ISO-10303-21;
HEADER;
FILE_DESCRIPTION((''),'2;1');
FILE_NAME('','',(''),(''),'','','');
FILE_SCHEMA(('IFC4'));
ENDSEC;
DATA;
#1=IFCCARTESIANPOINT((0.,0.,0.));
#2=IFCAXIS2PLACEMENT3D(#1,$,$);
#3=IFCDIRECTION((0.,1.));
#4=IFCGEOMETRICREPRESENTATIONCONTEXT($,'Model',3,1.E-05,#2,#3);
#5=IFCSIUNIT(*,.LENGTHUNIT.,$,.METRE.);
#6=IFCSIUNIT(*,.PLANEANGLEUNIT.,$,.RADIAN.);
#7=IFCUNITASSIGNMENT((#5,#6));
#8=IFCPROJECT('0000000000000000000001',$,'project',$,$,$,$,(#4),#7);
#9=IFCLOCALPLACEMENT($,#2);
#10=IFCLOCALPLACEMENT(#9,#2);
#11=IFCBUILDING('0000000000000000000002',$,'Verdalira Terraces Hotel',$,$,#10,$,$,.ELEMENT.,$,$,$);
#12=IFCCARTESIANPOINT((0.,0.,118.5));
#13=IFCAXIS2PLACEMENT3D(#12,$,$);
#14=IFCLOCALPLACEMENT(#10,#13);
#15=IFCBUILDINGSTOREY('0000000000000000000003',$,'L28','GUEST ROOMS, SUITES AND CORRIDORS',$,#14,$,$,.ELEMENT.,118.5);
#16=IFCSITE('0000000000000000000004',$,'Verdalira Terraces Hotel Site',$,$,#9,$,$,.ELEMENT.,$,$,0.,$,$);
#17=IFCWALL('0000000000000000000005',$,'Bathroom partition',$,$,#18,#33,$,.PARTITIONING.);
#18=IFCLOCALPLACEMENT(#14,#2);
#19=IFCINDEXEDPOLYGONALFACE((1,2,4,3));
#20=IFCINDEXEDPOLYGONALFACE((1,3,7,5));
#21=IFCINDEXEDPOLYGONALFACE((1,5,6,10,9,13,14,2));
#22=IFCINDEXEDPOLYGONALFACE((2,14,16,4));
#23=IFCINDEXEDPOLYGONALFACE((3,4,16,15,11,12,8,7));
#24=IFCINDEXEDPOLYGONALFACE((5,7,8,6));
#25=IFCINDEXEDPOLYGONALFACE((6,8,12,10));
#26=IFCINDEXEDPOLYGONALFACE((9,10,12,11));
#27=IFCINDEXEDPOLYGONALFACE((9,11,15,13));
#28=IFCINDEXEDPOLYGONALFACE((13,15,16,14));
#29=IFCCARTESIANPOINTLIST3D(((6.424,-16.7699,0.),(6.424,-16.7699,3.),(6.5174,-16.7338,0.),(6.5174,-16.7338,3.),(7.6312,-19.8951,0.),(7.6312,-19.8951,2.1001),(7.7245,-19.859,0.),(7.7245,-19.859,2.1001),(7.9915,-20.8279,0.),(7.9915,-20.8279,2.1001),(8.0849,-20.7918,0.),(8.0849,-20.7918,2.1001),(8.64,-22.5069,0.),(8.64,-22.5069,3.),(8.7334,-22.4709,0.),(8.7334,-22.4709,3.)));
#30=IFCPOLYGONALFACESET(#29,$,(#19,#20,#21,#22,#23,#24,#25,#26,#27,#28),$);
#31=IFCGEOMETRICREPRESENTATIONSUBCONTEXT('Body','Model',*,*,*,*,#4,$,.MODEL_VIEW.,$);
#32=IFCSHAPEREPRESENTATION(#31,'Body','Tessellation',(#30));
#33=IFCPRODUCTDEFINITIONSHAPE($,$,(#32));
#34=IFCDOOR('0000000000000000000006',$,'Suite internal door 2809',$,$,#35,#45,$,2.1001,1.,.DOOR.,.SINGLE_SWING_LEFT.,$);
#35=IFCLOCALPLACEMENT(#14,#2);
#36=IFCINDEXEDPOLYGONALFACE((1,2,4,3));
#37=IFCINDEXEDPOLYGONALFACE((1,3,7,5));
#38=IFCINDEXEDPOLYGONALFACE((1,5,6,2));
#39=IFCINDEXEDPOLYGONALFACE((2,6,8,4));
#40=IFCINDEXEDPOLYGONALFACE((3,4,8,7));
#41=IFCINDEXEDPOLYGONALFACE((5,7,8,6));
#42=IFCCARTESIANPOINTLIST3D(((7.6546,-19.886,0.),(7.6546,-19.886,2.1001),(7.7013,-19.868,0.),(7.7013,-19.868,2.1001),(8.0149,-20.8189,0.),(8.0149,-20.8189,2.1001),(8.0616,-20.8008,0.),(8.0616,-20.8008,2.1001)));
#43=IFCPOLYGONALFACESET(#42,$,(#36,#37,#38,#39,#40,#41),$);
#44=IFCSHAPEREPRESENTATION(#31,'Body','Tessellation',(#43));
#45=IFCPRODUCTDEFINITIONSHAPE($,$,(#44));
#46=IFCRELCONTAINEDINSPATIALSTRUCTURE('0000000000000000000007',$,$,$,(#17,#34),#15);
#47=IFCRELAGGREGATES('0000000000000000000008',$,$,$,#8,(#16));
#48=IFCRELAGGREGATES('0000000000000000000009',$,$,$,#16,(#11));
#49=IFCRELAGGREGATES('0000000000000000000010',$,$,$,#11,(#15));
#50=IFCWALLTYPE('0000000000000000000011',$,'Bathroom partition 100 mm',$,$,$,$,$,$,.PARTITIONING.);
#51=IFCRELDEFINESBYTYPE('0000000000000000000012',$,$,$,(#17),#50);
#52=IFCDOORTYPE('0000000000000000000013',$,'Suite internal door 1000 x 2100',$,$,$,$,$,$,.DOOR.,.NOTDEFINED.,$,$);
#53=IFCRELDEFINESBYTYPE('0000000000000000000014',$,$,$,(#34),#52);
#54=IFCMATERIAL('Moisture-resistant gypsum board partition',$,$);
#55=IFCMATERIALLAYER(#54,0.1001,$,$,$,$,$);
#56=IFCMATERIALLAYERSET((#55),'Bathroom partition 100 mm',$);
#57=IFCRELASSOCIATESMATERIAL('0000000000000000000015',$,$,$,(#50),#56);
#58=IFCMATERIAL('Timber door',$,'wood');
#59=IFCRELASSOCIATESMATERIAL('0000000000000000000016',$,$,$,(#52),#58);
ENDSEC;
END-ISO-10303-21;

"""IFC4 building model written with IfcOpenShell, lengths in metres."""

from ifc_helpers import new_model, si_unit, direction, frame, frame_2d, origin, place, context, subcontext, project, spatial, rectangle, extrude, material, layer, layer_set, type_object, element, fill, save


model = new_model("IFC4")

# Units and contexts
model_context = context("Model", 3, precision=1e-05, world=origin(), true_north=direction((0.0, 1.0)))
body_context = subcontext(model_context, "Body", "Model", "MODEL_VIEW")
ifc_project = project(units=[si_unit("LENGTHUNIT", "METRE"), si_unit("PLANEANGLEUNIT", "RADIAN")], contexts=[model_context])

# Site, building, storey
site_placement = place(None, origin())
site = spatial("IfcSite", under=ifc_project, at=site_placement, Name="Verdalira Terraces Hotel Site", CompositionType="ELEMENT", RefElevation=0.0)
building_placement = place(site_placement, origin())
building = spatial("IfcBuilding", under=site, at=building_placement, Name="Verdalira Terraces Hotel", CompositionType="ELEMENT")
storey_placement = place(building_placement, frame((0.0, 0.0, 118.5)))
storey = spatial("IfcBuildingStorey", under=building, at=storey_placement, Name="L28", Description="GUEST ROOMS, SUITES AND CORRIDORS", CompositionType="ELEMENT", Elevation=118.5)

# Wall, opening, door
ifc_material_1 = material(Name="Moisture-resistant gypsum board partition")
ifc_layer_1 = layer(ifc_material_1, 0.1001)
ifc_layer_set_1 = layer_set([ifc_layer_1], Name="Bathroom partition 100 mm")
wall_type_1 = type_object("IfcWallType", Name="Bathroom partition 100 mm", PredefinedType="PARTITIONING", material=ifc_layer_set_1)
wall_1_placement = place(storey_placement, frame((8.6868, -22.489, 0.0), z_axis=(0.0, 0.0, 1.0), x_axis=(-0.360325, 0.932827, 0.0)))
wall_1 = element("IfcWall", 1, at=wall_1_placement, inside=storey, type_object=wall_type_1, Name="Bathroom partition", PredefinedType="PARTITIONING", context=body_context, shape_type="SweptSolid", body=[
    extrude(rectangle(XDim=6.1501, YDim=0.1001, at=frame_2d((3.0752, 0.0))), origin(), (0.0, 0.0, 1.0), 3.0),
])
opening_placement = place(wall_1_placement, frame((1.8, 0.0, 0.0)))
opening = element("IfcOpeningElement", 2, at=opening_placement, cuts=wall_1, PredefinedType="OPENING", context=body_context, shape_type="SweptSolid", body=[
    extrude(rectangle(XDim=1.0, YDim=2.1001, at=frame_2d((0.5, 1.05))), frame((0.0, 0.0601, 0.0), z_axis=(0.0, -1.0, 0.0), x_axis=(1.0, 0.0, 0.0)), (0.0, 0.0, 1.0), 0.1201),
])
ifc_material_2 = material(Name="Timber door", Category="wood")
door_type = type_object("IfcDoorType", Name="Suite internal door 1000 x 2100", OperationType="NOTDEFINED", PredefinedType="DOOR", material=ifc_material_2)
door_placement = place(opening_placement, origin())
door = element("IfcDoor", 3, at=door_placement, inside=storey, type_object=door_type, Name="Suite internal door 2809", OperationType="SINGLE_SWING_LEFT", OverallHeight=2.1001, OverallWidth=1.0, PredefinedType="DOOR", context=body_context, shape_type="SweptSolid", body=[
    extrude(rectangle(XDim=1.0, YDim=2.1001, at=frame_2d((0.5, 1.05))), frame((0.0, 0.0249, 0.0), z_axis=(0.0, -1.0, 0.0), x_axis=(1.0, 0.0, 0.0)), (0.0, 0.0, 1.0), 0.05),
])
fill(opening, door)

save(model, "model.ifc")
